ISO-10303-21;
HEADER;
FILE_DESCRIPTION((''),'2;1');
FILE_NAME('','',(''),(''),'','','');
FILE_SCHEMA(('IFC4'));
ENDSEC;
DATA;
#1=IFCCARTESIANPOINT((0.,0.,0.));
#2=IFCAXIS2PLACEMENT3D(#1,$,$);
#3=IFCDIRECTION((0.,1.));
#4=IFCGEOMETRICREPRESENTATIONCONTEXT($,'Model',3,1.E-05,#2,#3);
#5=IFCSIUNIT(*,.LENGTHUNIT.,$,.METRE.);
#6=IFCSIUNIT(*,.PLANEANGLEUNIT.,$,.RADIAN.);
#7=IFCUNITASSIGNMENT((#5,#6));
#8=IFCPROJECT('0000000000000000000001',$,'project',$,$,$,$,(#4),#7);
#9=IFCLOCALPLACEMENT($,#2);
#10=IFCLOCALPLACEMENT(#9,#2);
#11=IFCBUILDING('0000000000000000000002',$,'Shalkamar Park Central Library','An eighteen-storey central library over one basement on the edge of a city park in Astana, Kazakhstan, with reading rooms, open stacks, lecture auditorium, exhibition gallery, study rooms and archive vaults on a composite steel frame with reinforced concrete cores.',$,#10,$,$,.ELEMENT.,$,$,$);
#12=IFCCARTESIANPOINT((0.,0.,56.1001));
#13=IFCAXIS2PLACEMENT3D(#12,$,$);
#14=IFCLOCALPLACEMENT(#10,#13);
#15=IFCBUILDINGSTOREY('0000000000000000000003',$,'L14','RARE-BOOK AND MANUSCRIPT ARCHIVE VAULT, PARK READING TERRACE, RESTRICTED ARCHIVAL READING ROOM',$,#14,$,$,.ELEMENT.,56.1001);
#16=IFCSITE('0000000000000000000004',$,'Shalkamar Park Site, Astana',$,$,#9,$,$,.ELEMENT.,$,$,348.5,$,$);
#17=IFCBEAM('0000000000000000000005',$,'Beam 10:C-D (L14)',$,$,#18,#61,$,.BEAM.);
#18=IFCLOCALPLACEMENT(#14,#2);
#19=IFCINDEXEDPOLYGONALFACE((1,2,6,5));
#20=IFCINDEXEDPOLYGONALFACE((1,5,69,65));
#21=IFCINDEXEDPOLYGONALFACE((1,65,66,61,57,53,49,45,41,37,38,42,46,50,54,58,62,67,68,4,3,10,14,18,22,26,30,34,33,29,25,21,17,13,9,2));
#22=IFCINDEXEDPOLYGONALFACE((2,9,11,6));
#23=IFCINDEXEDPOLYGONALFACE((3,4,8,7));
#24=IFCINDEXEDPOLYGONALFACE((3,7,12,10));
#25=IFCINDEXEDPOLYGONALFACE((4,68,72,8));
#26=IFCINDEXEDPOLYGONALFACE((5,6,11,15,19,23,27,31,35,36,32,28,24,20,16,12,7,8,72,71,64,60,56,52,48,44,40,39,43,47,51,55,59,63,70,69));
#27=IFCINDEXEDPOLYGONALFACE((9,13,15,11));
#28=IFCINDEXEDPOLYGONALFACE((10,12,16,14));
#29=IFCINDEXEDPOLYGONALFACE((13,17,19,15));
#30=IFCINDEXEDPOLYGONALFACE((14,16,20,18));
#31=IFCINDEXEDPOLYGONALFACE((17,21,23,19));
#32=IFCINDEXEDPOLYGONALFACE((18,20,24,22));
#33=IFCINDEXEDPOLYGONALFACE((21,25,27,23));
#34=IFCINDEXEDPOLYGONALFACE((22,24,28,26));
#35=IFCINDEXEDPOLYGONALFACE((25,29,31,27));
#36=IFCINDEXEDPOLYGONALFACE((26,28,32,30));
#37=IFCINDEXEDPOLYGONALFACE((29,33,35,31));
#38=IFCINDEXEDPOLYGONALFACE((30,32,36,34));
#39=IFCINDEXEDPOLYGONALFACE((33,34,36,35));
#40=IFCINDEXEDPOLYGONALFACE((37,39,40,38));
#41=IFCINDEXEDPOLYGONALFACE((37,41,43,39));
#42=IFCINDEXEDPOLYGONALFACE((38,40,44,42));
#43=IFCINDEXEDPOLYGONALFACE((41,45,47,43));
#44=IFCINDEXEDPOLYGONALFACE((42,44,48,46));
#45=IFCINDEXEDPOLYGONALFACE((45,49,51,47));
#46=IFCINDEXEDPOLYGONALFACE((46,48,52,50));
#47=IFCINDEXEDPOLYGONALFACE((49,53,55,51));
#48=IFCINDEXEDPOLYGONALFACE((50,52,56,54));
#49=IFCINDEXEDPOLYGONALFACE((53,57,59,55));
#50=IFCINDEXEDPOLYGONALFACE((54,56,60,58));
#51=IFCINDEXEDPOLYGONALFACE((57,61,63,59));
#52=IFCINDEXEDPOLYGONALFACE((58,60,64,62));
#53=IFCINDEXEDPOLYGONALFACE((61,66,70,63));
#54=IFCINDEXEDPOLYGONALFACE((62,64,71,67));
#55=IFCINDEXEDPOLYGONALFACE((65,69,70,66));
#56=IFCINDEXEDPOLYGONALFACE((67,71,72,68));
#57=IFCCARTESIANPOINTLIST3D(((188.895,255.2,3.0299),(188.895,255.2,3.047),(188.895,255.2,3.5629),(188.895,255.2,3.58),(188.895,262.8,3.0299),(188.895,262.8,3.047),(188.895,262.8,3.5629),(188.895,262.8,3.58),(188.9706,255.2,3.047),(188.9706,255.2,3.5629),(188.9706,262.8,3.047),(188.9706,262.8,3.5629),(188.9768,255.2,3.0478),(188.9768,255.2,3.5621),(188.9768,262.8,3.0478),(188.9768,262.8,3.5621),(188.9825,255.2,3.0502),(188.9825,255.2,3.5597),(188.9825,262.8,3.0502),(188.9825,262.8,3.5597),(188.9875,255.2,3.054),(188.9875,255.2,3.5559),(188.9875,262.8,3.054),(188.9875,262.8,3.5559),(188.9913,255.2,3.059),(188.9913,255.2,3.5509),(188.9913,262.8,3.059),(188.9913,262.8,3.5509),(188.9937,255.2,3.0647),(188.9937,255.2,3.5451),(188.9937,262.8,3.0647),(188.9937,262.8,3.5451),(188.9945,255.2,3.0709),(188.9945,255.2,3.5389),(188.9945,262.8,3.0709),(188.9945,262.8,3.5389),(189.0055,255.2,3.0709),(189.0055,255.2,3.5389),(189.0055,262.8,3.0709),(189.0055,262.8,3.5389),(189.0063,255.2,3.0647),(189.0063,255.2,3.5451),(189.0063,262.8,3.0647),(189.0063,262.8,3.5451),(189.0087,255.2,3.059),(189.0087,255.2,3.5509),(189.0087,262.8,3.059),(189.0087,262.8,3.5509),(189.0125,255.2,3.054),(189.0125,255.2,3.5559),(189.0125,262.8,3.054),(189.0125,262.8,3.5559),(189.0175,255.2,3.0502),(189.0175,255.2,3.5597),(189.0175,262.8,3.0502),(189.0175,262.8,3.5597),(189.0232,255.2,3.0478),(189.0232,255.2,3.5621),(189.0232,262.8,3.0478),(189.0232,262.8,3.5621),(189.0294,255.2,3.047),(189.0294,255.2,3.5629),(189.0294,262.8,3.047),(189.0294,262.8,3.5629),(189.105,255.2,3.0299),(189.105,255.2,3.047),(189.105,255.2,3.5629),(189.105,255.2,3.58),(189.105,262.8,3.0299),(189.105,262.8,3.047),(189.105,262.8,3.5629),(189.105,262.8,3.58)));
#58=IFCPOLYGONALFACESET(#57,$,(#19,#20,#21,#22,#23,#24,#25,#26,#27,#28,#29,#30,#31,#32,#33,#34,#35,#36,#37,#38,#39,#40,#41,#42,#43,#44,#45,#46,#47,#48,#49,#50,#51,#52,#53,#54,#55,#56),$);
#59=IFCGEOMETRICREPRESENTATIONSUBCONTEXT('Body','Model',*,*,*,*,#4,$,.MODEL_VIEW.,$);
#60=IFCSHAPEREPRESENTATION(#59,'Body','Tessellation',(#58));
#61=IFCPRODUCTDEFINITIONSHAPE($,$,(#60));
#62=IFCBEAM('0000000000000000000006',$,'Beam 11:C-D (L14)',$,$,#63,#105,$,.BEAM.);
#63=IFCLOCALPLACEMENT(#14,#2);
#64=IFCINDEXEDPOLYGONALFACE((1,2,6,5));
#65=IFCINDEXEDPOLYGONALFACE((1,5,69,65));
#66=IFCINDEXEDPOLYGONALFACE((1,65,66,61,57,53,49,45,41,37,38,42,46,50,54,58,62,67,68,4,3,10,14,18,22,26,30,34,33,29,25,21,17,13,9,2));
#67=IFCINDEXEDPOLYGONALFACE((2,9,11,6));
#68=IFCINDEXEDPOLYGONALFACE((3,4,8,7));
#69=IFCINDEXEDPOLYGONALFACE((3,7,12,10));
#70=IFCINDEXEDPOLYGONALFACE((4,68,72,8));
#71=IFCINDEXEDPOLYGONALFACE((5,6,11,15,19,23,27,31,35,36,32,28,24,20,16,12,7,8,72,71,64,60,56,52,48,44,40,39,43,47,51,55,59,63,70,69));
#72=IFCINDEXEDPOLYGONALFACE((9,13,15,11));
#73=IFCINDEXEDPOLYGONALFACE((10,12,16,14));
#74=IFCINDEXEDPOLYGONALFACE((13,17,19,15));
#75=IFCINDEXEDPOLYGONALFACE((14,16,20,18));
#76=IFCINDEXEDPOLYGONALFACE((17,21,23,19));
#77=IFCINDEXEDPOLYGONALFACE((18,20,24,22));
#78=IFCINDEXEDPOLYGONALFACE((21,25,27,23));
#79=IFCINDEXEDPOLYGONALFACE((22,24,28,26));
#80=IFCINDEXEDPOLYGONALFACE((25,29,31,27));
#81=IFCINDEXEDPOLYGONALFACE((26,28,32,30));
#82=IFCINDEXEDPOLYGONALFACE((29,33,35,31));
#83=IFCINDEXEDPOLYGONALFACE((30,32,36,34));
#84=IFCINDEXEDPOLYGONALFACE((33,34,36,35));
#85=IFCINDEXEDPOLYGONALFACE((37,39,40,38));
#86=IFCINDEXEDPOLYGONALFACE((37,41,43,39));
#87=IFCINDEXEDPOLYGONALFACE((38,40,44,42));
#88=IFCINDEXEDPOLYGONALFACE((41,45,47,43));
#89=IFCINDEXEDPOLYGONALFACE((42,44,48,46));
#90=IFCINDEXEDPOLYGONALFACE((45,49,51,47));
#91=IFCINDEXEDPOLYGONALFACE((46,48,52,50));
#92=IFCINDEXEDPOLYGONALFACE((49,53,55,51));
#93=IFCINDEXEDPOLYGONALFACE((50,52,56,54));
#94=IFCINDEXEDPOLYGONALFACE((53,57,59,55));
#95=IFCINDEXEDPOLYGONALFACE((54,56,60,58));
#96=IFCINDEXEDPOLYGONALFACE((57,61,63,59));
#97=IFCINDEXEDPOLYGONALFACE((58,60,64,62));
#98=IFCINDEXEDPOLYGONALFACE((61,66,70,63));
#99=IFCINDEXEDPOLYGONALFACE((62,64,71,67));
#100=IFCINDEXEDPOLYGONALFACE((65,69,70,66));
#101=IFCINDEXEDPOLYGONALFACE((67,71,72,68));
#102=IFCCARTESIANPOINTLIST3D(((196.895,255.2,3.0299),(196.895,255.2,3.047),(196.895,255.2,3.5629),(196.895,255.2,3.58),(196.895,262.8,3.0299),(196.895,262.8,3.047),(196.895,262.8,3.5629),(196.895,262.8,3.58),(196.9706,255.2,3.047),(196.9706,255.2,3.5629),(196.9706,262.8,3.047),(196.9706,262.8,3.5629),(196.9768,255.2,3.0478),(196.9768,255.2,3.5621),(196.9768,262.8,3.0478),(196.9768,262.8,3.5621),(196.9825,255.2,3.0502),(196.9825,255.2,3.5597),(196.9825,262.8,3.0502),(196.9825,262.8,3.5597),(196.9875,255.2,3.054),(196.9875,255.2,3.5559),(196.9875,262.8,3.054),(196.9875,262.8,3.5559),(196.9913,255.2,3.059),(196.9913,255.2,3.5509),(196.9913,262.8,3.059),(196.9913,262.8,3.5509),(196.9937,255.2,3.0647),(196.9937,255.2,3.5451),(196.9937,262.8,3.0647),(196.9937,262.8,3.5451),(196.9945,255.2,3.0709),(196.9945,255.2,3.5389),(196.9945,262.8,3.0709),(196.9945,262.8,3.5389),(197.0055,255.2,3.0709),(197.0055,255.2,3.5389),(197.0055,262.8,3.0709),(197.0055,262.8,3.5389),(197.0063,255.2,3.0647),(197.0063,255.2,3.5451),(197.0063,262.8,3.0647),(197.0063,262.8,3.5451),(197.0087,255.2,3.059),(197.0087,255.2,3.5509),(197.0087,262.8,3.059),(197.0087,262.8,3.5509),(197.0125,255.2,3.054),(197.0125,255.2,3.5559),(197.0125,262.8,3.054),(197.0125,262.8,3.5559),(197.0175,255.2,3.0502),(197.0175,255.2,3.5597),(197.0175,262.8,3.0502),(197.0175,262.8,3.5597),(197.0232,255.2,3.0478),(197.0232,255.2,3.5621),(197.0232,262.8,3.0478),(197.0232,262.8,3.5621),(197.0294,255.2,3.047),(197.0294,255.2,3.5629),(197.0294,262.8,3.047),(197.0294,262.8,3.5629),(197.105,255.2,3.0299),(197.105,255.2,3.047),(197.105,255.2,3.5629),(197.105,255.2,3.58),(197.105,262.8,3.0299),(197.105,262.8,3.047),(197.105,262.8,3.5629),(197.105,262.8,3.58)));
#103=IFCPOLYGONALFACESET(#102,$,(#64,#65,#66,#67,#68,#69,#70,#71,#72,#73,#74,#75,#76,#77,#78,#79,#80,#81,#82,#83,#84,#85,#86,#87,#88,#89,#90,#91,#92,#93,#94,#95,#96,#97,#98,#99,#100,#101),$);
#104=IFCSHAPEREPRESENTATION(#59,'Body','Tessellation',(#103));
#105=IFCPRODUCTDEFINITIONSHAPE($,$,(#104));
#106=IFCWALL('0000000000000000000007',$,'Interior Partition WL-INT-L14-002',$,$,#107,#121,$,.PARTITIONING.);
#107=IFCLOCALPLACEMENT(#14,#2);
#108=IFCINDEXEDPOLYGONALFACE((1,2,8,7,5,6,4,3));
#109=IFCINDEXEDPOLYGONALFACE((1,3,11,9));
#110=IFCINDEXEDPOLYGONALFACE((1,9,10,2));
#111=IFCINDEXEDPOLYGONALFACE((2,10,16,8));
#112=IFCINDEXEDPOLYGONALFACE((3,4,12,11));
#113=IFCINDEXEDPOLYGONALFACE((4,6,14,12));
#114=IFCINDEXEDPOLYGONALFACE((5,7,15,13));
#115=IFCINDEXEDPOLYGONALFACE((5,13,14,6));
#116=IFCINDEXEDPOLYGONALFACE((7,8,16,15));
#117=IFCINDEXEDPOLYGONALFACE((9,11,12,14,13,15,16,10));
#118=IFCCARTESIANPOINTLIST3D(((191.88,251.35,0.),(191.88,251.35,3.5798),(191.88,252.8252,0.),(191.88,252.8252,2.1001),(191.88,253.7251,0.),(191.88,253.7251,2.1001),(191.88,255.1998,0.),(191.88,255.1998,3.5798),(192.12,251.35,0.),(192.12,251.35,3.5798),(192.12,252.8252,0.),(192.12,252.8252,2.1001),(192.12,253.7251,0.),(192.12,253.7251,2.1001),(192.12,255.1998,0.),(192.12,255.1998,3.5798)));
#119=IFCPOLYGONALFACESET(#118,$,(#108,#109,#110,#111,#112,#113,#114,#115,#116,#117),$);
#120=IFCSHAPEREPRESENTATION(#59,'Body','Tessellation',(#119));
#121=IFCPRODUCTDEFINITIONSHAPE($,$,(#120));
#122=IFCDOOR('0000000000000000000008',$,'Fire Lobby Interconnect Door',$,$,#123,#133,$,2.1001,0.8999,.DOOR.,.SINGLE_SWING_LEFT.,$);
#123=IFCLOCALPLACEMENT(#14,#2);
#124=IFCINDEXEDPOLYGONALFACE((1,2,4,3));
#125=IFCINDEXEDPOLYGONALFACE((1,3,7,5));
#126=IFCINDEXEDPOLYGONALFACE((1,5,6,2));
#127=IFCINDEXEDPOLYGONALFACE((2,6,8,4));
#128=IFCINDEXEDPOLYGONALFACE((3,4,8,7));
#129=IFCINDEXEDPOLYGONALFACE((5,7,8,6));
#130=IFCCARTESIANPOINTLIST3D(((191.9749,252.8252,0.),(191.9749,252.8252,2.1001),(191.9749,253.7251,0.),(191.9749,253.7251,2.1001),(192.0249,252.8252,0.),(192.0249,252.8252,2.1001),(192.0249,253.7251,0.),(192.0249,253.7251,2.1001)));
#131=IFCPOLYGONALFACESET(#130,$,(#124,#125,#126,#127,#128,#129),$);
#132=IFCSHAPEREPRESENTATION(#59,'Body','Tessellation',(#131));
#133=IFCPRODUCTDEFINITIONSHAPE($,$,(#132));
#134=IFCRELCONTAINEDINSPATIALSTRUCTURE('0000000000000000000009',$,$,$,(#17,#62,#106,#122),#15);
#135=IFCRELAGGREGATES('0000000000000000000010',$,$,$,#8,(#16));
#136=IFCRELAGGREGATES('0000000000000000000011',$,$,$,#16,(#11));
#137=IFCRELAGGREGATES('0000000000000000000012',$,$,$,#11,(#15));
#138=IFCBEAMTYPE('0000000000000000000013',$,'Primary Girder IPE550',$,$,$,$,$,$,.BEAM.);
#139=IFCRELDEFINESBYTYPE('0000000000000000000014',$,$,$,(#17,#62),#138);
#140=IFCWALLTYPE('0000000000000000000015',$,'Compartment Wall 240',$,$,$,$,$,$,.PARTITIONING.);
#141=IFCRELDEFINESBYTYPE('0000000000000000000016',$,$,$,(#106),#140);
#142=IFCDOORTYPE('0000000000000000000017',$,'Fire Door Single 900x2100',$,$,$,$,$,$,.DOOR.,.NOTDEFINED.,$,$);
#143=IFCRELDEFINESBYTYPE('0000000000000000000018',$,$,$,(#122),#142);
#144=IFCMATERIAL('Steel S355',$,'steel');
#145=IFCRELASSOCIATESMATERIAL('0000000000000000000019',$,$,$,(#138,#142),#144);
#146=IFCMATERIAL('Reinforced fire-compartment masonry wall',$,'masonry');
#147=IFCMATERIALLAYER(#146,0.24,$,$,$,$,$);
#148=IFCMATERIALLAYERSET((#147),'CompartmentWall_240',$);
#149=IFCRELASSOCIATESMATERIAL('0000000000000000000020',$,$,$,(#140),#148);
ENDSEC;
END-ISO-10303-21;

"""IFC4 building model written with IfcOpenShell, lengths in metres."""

from ifc_helpers import new_model, si_unit, direction, frame, frame_2d, origin, origin_2d, place, context, subcontext, project, spatial, rectangle, i_section, extrude, material, layer, layer_set, material_profile, profile_set, type_object, element, fill, save


model = new_model("IFC4")

# Units and contexts
model_context = context("Model", 3, precision=1e-05, world=origin(), true_north=direction((0.0, 1.0)))
body_context = subcontext(model_context, "Body", "Model", "MODEL_VIEW")
ifc_project = project(units=[si_unit("LENGTHUNIT", "METRE"), si_unit("PLANEANGLEUNIT", "RADIAN")], contexts=[model_context])

# Site, building, storey
site_placement = place(None, origin())
site = spatial("IfcSite", under=ifc_project, at=site_placement, Name="Shalkamar Park Site, Astana", CompositionType="ELEMENT", RefElevation=348.5)
building_placement = place(site_placement, origin())
building = spatial("IfcBuilding", under=site, at=building_placement, Name="Shalkamar Park Central Library", Description="An eighteen-storey central library over one basement on the edge of a city park in Astana, Kazakhstan, with reading rooms, open stacks, lecture auditorium, exhibition gallery, study rooms and archive vaults on a composite steel frame with reinforced concrete cores.", CompositionType="ELEMENT")
storey_placement = place(building_placement, frame((0.0, 0.0, 56.1001)))
storey = spatial("IfcBuildingStorey", under=building, at=storey_placement, Name="L14", Description="RARE-BOOK AND MANUSCRIPT ARCHIVE VAULT, PARK READING TERRACE, RESTRICTED ARCHIVAL READING ROOM", CompositionType="ELEMENT", Elevation=56.1001)

# Shared definitions
ifc_material_1 = material(Name="Steel S355", Category="steel")

# Beams
ifc_material_profile_1 = material_profile(ifc_material_1, i_section(OverallWidth=0.21, OverallDepth=0.55, WebThickness=0.011, FlangeThickness=0.0171, FilletRadius=0.0239, at=origin_2d()), Name="IPE 550")
ifc_profile_set_1 = profile_set([ifc_material_profile_1], Name="Steel S355")
beam_type_1 = type_object("IfcBeamType", Name="Primary Girder IPE550", PredefinedType="BEAM", material=ifc_profile_set_1)
for number, where, z_axis, x_axis, name in (
    (1, (189.0, 255.2, 3.3049), (0.0, 1.0, 0.0), (-1.0, 0.0, 0.0), "Beam 10:C-D (L14)"),
    (2, (197.0, 255.2, 3.3049), (0.0, 1.0, 0.0), (-1.0, 0.0, 0.0), "Beam 11:C-D (L14)"),
):
    element("IfcBeam", number, at=place(storey_placement, frame(where, z_axis=z_axis, x_axis=x_axis)), inside=storey, type_object=beam_type_1, Name=name, PredefinedType="BEAM", context=body_context, shape_type="SweptSolid", body=[
        extrude(i_section(OverallWidth=0.21, OverallDepth=0.55, WebThickness=0.011, FlangeThickness=0.0171, FilletRadius=0.0239, at=origin_2d()), origin(), (0.0, 0.0, 1.0), 7.6001),
    ])

# Wall, opening, door
ifc_material_2 = material(Name="Reinforced fire-compartment masonry wall", Category="masonry")
ifc_layer_1 = layer(ifc_material_2, 0.24)
ifc_layer_set_1 = layer_set([ifc_layer_1], Name="CompartmentWall_240")
wall_type_1 = type_object("IfcWallType", Name="Compartment Wall 240", PredefinedType="PARTITIONING", material=ifc_layer_set_1)
wall_1_placement = place(storey_placement, frame((192.0, 251.3501, 0.0), z_axis=(0.0, 0.0, 1.0), x_axis=(0.0, 1.0, 0.0)))
wall_1 = element("IfcWall", 3, at=wall_1_placement, inside=storey, type_object=wall_type_1, Name="Interior Partition WL-INT-L14-002", PredefinedType="PARTITIONING", context=body_context, shape_type="SweptSolid", body=[
    extrude(rectangle(XDim=3.8499, YDim=0.24, at=frame_2d((1.9248, 0.0))), origin(), (0.0, 0.0, 1.0), 3.5798),
])
opening_1_placement = place(wall_1_placement, frame((1.4751, 0.0, 0.0)))
opening_1 = element("IfcOpeningElement", 4, at=opening_1_placement, cuts=wall_1, PredefinedType="OPENING", context=body_context, shape_type="SweptSolid", body=[
    extrude(rectangle(XDim=0.8999, YDim=2.1001, at=frame_2d((0.45, 1.05))), frame((0.0, 0.1348, 0.0), z_axis=(0.0, -1.0, 0.0), x_axis=(1.0, 0.0, 0.0)), (0.0, 0.0, 1.0), 0.2698),
])
door_type_1 = type_object("IfcDoorType", Name="Fire Door Single 900x2100", OperationType="NOTDEFINED", PredefinedType="DOOR", material=ifc_material_1)
door_1_placement = place(opening_1_placement, frame((0.8999, 0.0, 0.0), z_axis=(0.0, 0.0, 1.0), x_axis=(-1.0, 0.0, 0.0)))
door_1 = element("IfcDoor", 5, at=door_1_placement, inside=storey, type_object=door_type_1, Name="Fire Lobby Interconnect Door", OperationType="SINGLE_SWING_LEFT", OverallHeight=2.1001, OverallWidth=0.8999, PredefinedType="DOOR", context=body_context, shape_type="SweptSolid", body=[
    extrude(rectangle(XDim=0.8999, YDim=2.1001, at=frame_2d((0.45, 1.05))), frame((0.0, 0.0249, 0.0), z_axis=(0.0, -1.0, 0.0), x_axis=(1.0, 0.0, 0.0)), (0.0, 0.0, 1.0), 0.05),
])
fill(opening_1, door_1)

save(model, "model.ifc")
